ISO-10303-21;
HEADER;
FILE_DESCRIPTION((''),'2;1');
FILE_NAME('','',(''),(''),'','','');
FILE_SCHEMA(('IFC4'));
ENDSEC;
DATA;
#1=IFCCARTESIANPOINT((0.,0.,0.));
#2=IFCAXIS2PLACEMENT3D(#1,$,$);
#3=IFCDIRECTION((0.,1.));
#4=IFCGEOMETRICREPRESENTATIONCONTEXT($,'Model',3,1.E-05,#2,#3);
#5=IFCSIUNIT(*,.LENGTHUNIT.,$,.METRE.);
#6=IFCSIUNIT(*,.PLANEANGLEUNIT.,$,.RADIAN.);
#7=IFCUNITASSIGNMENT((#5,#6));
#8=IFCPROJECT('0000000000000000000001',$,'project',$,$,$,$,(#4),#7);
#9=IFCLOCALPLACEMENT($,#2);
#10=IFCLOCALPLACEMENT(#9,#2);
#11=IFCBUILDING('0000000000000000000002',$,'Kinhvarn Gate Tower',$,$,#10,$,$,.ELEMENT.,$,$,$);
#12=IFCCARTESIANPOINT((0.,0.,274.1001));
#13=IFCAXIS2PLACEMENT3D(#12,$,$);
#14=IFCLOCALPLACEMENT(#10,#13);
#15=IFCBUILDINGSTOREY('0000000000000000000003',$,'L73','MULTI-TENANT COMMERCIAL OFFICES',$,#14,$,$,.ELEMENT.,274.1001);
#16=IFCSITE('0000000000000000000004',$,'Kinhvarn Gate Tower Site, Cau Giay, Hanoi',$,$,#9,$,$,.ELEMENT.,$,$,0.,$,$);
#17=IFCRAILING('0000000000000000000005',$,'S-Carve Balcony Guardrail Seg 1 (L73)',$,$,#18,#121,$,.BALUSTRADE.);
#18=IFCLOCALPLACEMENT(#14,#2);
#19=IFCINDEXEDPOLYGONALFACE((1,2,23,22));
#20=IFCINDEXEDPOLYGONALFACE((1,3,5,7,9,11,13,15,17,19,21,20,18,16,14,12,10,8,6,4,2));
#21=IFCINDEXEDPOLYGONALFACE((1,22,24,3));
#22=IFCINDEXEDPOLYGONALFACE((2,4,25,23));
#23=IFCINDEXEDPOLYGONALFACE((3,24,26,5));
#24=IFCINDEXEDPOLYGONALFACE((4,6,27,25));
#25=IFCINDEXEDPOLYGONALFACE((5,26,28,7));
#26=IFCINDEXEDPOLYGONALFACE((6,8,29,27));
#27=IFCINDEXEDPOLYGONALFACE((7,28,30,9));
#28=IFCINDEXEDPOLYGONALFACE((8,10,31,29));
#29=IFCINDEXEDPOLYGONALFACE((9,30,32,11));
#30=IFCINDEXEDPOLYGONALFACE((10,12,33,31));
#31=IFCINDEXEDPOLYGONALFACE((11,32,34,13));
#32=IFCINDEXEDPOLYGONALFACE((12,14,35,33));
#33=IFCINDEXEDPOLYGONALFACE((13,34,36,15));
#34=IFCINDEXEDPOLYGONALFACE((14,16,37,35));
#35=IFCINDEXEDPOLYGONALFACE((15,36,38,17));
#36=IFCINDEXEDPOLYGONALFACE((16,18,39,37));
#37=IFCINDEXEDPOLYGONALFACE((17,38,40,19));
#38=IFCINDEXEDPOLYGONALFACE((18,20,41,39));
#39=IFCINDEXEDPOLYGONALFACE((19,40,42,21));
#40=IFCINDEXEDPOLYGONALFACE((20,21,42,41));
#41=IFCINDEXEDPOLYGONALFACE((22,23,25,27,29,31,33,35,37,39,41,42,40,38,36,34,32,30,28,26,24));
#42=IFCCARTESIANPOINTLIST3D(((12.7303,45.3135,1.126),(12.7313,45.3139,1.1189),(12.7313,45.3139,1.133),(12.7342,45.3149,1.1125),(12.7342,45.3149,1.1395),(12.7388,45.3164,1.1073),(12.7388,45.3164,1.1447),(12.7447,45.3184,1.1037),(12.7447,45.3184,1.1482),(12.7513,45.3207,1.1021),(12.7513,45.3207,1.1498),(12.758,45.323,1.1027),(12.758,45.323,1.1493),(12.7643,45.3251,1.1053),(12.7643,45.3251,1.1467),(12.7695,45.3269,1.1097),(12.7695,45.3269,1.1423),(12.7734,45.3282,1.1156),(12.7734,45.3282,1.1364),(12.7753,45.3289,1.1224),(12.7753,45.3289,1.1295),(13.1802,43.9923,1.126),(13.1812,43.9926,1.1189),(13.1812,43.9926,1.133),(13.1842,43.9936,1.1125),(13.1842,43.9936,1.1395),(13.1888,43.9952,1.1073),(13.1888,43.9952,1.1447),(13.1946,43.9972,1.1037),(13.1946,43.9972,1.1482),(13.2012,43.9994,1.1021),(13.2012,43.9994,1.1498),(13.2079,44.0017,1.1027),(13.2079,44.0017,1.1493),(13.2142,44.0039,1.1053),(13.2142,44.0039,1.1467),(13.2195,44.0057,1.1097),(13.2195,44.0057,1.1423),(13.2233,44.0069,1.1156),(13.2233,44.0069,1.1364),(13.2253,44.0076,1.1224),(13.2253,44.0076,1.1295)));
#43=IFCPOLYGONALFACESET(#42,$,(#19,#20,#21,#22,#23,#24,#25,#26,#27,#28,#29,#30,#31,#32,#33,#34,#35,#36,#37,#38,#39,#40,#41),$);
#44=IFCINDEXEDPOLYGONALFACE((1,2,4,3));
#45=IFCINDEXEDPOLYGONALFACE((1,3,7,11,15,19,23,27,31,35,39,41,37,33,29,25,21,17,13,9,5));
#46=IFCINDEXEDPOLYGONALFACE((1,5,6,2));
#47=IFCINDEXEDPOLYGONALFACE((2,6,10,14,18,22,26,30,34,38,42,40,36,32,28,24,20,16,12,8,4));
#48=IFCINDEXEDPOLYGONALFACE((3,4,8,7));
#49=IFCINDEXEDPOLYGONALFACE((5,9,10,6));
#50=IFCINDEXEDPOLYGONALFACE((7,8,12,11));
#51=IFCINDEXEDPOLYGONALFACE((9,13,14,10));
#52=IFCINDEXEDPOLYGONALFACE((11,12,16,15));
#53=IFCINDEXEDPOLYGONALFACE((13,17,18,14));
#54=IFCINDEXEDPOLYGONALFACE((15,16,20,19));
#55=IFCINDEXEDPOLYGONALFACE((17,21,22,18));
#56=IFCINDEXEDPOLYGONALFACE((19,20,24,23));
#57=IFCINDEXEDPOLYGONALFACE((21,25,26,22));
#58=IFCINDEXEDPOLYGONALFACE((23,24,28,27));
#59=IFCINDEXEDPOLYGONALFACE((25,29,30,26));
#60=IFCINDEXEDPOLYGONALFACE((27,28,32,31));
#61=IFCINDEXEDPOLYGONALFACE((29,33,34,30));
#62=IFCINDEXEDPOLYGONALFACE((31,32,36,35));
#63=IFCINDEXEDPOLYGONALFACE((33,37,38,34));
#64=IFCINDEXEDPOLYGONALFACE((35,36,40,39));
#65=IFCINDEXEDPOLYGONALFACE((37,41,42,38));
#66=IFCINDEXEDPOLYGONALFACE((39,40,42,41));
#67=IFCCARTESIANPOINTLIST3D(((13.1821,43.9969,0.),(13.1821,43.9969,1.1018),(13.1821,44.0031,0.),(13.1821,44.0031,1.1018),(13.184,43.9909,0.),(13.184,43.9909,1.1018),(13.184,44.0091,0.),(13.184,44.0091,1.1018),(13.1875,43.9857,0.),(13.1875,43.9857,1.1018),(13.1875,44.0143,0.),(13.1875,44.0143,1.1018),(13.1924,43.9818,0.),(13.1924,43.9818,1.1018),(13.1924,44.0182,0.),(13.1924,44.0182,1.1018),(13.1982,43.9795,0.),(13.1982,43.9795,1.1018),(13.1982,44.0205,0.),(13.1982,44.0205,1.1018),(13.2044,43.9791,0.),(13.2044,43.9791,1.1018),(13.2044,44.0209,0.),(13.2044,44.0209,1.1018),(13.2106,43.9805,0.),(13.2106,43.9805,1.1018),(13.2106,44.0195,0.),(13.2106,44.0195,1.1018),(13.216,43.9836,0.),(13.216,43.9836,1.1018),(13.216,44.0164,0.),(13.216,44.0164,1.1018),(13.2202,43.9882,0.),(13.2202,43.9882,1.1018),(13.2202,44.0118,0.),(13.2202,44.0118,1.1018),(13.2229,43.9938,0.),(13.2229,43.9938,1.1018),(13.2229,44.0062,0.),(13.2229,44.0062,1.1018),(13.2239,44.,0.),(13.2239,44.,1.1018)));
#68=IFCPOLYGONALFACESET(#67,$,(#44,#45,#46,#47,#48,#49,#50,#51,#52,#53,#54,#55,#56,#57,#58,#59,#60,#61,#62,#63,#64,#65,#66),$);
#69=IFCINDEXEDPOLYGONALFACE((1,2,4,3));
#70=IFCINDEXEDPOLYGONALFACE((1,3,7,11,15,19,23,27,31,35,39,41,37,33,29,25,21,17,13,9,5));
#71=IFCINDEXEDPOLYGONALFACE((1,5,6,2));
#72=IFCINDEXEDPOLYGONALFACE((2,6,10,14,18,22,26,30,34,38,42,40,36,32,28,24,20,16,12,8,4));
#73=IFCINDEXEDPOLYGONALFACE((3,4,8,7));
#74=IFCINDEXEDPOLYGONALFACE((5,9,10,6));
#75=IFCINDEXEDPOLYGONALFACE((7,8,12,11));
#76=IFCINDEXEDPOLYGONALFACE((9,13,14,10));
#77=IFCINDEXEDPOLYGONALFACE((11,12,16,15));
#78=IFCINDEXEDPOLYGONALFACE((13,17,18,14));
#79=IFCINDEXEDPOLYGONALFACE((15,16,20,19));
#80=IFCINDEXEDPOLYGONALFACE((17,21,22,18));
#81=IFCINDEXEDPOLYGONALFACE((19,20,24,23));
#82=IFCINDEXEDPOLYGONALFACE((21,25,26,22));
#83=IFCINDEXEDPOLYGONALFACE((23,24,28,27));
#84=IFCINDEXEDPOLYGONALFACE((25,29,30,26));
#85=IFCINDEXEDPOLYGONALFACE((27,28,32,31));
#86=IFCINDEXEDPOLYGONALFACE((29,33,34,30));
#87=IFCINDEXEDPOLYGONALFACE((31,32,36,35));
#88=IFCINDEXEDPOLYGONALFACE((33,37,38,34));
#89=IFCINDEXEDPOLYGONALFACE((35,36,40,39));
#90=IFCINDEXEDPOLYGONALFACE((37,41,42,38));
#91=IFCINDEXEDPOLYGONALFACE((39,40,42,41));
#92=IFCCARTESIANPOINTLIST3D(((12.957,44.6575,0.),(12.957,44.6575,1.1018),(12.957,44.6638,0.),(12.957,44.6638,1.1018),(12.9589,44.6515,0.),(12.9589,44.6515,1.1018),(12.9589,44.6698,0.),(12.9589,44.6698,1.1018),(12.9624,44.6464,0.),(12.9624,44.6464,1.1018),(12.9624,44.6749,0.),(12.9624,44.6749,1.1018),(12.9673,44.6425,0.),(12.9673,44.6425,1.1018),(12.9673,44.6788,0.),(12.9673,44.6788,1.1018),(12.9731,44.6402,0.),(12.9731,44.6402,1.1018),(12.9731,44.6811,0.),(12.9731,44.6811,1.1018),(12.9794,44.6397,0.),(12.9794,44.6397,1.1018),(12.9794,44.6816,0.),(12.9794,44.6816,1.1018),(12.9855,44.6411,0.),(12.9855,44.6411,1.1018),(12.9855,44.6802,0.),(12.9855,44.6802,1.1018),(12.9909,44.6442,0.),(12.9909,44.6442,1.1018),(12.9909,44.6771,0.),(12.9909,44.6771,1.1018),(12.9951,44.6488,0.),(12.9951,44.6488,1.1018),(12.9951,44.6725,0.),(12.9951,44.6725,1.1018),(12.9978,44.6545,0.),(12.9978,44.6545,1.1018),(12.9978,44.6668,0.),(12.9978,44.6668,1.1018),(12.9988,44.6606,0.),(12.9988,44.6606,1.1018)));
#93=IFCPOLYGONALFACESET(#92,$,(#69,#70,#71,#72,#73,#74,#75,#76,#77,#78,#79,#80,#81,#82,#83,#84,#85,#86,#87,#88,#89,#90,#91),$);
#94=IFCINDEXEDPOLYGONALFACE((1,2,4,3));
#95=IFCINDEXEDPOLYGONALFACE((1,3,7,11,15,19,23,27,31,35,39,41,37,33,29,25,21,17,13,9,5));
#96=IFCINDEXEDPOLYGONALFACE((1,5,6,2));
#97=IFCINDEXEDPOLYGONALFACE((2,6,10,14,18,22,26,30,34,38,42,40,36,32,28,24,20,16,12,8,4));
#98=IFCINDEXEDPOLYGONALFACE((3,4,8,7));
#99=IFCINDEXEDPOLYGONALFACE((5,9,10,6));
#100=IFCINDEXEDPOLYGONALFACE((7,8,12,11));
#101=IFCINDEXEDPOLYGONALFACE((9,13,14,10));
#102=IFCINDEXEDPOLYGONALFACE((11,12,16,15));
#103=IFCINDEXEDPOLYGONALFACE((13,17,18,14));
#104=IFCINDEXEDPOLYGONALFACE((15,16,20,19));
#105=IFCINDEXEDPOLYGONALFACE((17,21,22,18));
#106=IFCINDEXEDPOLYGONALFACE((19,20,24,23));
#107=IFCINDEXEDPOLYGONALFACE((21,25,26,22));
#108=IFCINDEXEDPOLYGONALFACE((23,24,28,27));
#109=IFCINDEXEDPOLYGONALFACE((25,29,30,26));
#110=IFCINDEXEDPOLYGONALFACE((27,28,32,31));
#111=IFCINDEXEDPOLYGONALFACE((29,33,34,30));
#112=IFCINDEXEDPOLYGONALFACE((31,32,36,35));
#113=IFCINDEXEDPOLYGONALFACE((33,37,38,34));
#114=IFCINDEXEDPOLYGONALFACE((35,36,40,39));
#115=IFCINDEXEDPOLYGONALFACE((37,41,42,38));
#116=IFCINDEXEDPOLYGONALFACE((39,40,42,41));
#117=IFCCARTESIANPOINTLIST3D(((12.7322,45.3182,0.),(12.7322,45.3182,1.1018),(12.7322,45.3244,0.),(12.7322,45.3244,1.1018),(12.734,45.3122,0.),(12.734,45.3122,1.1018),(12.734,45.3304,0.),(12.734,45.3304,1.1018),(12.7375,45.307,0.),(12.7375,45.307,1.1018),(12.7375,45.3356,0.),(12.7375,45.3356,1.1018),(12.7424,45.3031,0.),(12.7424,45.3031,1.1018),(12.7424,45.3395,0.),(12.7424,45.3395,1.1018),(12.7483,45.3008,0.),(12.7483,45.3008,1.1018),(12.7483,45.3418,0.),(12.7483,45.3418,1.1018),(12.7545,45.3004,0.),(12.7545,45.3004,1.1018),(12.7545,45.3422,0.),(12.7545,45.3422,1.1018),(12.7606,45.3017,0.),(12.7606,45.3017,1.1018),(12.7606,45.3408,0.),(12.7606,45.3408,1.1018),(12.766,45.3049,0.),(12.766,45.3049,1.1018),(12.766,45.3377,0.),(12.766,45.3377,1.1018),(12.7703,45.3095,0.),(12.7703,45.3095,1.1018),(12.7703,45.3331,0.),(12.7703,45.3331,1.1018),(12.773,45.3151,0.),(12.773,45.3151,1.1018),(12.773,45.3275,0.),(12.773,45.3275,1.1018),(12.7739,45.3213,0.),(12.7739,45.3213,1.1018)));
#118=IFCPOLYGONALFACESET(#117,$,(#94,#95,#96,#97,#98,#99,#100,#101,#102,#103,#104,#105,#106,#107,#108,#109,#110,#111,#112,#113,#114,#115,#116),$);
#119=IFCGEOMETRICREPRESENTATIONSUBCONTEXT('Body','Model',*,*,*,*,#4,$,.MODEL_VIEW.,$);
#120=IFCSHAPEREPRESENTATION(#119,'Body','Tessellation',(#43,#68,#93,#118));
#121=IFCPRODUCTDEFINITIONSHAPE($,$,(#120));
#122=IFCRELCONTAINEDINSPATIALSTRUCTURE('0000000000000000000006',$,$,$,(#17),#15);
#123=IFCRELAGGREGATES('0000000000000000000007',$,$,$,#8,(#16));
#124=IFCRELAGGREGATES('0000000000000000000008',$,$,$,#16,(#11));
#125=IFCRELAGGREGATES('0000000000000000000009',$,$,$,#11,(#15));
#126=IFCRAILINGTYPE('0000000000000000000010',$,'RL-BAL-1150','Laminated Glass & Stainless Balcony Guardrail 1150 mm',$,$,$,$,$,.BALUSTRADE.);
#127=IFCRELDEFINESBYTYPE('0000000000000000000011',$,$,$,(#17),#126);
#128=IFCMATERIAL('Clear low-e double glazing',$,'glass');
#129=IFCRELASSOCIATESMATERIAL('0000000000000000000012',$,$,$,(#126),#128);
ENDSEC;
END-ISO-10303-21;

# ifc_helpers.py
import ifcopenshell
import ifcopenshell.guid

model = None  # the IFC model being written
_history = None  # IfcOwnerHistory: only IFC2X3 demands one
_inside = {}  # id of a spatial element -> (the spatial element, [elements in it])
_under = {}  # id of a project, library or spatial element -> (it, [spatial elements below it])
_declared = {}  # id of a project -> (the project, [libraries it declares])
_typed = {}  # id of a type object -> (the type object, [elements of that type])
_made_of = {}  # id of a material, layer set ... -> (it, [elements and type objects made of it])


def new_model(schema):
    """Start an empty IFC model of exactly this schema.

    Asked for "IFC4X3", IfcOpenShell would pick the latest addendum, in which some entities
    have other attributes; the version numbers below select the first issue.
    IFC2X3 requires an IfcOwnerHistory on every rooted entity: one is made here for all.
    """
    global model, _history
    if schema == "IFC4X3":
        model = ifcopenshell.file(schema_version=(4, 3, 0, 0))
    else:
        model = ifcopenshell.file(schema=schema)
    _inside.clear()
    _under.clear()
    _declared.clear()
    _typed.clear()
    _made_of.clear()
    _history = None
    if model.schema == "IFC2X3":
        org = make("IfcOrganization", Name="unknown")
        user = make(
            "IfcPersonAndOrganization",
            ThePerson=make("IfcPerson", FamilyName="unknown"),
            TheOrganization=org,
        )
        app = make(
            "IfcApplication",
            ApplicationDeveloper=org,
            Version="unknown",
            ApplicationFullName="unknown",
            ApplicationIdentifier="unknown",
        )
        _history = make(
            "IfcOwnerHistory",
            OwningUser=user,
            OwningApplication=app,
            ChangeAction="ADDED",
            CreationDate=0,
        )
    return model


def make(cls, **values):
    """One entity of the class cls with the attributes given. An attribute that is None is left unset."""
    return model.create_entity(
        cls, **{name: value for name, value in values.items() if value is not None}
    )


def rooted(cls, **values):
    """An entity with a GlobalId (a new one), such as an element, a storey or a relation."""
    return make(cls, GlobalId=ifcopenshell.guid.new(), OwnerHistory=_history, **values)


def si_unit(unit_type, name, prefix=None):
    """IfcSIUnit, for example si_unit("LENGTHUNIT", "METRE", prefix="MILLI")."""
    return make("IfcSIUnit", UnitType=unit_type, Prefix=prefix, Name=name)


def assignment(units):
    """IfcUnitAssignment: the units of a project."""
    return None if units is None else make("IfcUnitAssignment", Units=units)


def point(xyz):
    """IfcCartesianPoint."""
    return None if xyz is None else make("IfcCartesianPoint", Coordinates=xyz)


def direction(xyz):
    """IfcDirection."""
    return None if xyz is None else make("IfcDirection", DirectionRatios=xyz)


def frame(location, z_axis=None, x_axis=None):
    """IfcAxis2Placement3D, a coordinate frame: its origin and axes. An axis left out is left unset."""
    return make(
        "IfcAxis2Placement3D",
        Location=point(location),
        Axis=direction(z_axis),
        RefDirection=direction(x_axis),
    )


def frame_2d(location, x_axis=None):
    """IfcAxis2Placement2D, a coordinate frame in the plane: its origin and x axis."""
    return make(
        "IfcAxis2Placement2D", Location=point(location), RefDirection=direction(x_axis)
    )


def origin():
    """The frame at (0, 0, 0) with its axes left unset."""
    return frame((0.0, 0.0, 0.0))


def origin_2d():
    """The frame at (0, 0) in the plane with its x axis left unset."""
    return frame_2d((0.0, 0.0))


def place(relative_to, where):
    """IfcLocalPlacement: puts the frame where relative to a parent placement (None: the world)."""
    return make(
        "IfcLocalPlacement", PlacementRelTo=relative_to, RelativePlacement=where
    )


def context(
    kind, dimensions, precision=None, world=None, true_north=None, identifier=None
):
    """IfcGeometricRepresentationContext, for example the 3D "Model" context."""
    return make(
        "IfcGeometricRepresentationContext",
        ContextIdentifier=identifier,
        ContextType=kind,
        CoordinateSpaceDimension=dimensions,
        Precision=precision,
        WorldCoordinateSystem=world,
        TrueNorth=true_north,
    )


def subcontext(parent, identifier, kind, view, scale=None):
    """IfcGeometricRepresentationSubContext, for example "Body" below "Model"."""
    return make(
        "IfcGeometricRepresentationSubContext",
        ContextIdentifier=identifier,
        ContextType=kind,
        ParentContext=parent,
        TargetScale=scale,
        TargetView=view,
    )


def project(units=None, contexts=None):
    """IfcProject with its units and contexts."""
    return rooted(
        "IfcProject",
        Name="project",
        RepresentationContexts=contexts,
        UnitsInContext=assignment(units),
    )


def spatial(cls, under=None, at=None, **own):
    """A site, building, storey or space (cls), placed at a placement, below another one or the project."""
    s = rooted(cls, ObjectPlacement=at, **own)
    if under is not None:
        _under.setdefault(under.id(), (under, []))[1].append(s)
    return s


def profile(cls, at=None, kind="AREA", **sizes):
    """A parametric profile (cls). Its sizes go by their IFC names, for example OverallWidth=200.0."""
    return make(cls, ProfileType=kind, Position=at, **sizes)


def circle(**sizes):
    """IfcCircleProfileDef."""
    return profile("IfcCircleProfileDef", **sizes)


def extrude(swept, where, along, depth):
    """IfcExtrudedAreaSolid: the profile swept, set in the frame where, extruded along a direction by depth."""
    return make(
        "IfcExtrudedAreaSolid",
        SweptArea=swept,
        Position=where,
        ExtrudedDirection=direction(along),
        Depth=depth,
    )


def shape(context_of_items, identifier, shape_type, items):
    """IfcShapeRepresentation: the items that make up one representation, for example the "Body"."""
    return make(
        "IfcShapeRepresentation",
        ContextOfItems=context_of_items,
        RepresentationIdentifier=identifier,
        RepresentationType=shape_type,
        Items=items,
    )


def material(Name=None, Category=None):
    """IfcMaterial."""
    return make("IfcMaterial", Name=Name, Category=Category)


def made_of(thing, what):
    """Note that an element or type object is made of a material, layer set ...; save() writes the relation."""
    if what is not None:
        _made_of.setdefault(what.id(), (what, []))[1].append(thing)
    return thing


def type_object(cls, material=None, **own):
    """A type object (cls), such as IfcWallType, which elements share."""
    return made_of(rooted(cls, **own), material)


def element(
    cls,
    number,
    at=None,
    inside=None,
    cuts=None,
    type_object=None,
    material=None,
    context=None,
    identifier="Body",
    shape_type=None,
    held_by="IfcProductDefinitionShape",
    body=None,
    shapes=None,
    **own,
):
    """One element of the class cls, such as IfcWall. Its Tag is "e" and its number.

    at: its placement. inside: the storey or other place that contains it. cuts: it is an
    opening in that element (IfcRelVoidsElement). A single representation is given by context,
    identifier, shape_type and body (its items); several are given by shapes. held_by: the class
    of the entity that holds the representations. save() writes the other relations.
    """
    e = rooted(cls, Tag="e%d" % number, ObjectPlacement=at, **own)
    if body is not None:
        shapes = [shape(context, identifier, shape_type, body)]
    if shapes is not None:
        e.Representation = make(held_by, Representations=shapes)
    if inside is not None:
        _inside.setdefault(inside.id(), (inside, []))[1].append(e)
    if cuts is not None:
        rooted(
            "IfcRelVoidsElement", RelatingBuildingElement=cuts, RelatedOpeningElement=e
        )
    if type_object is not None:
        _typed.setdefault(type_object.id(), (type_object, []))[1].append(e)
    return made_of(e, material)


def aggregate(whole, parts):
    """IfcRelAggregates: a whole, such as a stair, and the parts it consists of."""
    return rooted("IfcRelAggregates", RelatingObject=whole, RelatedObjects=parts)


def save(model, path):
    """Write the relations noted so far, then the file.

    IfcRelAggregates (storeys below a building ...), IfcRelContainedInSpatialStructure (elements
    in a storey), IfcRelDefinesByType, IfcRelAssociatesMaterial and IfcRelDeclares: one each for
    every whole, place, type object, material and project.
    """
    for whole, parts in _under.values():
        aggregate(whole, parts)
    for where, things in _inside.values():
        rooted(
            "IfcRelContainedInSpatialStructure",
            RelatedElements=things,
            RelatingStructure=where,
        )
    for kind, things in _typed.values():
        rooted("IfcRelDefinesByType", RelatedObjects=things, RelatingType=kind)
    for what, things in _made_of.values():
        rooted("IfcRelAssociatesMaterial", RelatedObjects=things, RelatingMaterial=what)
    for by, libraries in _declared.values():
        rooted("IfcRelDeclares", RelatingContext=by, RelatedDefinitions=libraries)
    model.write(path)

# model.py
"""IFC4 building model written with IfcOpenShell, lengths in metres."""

from ifc_helpers import new_model, si_unit, direction, frame, origin, origin_2d, place, context, subcontext, project, spatial, circle, extrude, material, type_object, element, save


model = new_model("IFC4")

# Units and contexts
model_context = context("Model", 3, precision=1e-05, world=origin(), true_north=direction((0.0, 1.0)))
body_context = subcontext(model_context, "Body", "Model", "MODEL_VIEW")
ifc_project = project(units=[si_unit("LENGTHUNIT", "METRE"), si_unit("PLANEANGLEUNIT", "RADIAN")], contexts=[model_context])

# Site, building, storey
site_placement = place(None, origin())
site = spatial("IfcSite", under=ifc_project, at=site_placement, Name="Kinhvarn Gate Tower Site, Cau Giay, Hanoi", CompositionType="ELEMENT", RefElevation=0.0)
building_placement = place(site_placement, origin())
building = spatial("IfcBuilding", under=site, at=building_placement, Name="Kinhvarn Gate Tower", CompositionType="ELEMENT")
storey_placement = place(building_placement, frame((0.0, 0.0, 274.1001)))
storey = spatial("IfcBuildingStorey", under=building, at=storey_placement, Name="L73", Description="MULTI-TENANT COMMERCIAL OFFICES", CompositionType="ELEMENT", Elevation=274.1001)

# Shared definitions
ifc_material_1 = material(Name="Clear low-e double glazing", Category="glass")

# Railing
railing_type_1 = type_object("IfcRailingType", Name="RL-BAL-1150", Description="Laminated Glass & Stainless Balcony Guardrail 1150 mm", PredefinedType="BALUSTRADE", material=ifc_material_1)
railing_1_placement = place(storey_placement, frame((13.2029, 44.0, 0.0)))
element("IfcRailing", 1, at=railing_1_placement, inside=storey, type_object=railing_type_1, Name="S-Carve Balcony Guardrail Seg 1 (L73)", PredefinedType="BALUSTRADE", context=body_context, shape_type="SweptSolid", body=[
    extrude(circle(Radius=0.0239, at=origin_2d()), frame((0.0, 0.0, 1.126), z_axis=(-0.322361, 0.946617, 0.0), x_axis=(-0.946617, -0.322361, 0.0)), (0.0, 0.0, 1.0), 1.3958),
    extrude(circle(Radius=0.021, at=origin_2d()), origin(), (0.0, 0.0, 1.0), 1.1018),
    extrude(circle(Radius=0.021, at=origin_2d()), frame((-0.2251, 0.6606, 0.0)), (0.0, 0.0, 1.0), 1.1018),
    extrude(circle(Radius=0.021, at=origin_2d()), frame((-0.45, 1.3213, 0.0)), (0.0, 0.0, 1.0), 1.1018),
])

save(model, "model.ifc")
